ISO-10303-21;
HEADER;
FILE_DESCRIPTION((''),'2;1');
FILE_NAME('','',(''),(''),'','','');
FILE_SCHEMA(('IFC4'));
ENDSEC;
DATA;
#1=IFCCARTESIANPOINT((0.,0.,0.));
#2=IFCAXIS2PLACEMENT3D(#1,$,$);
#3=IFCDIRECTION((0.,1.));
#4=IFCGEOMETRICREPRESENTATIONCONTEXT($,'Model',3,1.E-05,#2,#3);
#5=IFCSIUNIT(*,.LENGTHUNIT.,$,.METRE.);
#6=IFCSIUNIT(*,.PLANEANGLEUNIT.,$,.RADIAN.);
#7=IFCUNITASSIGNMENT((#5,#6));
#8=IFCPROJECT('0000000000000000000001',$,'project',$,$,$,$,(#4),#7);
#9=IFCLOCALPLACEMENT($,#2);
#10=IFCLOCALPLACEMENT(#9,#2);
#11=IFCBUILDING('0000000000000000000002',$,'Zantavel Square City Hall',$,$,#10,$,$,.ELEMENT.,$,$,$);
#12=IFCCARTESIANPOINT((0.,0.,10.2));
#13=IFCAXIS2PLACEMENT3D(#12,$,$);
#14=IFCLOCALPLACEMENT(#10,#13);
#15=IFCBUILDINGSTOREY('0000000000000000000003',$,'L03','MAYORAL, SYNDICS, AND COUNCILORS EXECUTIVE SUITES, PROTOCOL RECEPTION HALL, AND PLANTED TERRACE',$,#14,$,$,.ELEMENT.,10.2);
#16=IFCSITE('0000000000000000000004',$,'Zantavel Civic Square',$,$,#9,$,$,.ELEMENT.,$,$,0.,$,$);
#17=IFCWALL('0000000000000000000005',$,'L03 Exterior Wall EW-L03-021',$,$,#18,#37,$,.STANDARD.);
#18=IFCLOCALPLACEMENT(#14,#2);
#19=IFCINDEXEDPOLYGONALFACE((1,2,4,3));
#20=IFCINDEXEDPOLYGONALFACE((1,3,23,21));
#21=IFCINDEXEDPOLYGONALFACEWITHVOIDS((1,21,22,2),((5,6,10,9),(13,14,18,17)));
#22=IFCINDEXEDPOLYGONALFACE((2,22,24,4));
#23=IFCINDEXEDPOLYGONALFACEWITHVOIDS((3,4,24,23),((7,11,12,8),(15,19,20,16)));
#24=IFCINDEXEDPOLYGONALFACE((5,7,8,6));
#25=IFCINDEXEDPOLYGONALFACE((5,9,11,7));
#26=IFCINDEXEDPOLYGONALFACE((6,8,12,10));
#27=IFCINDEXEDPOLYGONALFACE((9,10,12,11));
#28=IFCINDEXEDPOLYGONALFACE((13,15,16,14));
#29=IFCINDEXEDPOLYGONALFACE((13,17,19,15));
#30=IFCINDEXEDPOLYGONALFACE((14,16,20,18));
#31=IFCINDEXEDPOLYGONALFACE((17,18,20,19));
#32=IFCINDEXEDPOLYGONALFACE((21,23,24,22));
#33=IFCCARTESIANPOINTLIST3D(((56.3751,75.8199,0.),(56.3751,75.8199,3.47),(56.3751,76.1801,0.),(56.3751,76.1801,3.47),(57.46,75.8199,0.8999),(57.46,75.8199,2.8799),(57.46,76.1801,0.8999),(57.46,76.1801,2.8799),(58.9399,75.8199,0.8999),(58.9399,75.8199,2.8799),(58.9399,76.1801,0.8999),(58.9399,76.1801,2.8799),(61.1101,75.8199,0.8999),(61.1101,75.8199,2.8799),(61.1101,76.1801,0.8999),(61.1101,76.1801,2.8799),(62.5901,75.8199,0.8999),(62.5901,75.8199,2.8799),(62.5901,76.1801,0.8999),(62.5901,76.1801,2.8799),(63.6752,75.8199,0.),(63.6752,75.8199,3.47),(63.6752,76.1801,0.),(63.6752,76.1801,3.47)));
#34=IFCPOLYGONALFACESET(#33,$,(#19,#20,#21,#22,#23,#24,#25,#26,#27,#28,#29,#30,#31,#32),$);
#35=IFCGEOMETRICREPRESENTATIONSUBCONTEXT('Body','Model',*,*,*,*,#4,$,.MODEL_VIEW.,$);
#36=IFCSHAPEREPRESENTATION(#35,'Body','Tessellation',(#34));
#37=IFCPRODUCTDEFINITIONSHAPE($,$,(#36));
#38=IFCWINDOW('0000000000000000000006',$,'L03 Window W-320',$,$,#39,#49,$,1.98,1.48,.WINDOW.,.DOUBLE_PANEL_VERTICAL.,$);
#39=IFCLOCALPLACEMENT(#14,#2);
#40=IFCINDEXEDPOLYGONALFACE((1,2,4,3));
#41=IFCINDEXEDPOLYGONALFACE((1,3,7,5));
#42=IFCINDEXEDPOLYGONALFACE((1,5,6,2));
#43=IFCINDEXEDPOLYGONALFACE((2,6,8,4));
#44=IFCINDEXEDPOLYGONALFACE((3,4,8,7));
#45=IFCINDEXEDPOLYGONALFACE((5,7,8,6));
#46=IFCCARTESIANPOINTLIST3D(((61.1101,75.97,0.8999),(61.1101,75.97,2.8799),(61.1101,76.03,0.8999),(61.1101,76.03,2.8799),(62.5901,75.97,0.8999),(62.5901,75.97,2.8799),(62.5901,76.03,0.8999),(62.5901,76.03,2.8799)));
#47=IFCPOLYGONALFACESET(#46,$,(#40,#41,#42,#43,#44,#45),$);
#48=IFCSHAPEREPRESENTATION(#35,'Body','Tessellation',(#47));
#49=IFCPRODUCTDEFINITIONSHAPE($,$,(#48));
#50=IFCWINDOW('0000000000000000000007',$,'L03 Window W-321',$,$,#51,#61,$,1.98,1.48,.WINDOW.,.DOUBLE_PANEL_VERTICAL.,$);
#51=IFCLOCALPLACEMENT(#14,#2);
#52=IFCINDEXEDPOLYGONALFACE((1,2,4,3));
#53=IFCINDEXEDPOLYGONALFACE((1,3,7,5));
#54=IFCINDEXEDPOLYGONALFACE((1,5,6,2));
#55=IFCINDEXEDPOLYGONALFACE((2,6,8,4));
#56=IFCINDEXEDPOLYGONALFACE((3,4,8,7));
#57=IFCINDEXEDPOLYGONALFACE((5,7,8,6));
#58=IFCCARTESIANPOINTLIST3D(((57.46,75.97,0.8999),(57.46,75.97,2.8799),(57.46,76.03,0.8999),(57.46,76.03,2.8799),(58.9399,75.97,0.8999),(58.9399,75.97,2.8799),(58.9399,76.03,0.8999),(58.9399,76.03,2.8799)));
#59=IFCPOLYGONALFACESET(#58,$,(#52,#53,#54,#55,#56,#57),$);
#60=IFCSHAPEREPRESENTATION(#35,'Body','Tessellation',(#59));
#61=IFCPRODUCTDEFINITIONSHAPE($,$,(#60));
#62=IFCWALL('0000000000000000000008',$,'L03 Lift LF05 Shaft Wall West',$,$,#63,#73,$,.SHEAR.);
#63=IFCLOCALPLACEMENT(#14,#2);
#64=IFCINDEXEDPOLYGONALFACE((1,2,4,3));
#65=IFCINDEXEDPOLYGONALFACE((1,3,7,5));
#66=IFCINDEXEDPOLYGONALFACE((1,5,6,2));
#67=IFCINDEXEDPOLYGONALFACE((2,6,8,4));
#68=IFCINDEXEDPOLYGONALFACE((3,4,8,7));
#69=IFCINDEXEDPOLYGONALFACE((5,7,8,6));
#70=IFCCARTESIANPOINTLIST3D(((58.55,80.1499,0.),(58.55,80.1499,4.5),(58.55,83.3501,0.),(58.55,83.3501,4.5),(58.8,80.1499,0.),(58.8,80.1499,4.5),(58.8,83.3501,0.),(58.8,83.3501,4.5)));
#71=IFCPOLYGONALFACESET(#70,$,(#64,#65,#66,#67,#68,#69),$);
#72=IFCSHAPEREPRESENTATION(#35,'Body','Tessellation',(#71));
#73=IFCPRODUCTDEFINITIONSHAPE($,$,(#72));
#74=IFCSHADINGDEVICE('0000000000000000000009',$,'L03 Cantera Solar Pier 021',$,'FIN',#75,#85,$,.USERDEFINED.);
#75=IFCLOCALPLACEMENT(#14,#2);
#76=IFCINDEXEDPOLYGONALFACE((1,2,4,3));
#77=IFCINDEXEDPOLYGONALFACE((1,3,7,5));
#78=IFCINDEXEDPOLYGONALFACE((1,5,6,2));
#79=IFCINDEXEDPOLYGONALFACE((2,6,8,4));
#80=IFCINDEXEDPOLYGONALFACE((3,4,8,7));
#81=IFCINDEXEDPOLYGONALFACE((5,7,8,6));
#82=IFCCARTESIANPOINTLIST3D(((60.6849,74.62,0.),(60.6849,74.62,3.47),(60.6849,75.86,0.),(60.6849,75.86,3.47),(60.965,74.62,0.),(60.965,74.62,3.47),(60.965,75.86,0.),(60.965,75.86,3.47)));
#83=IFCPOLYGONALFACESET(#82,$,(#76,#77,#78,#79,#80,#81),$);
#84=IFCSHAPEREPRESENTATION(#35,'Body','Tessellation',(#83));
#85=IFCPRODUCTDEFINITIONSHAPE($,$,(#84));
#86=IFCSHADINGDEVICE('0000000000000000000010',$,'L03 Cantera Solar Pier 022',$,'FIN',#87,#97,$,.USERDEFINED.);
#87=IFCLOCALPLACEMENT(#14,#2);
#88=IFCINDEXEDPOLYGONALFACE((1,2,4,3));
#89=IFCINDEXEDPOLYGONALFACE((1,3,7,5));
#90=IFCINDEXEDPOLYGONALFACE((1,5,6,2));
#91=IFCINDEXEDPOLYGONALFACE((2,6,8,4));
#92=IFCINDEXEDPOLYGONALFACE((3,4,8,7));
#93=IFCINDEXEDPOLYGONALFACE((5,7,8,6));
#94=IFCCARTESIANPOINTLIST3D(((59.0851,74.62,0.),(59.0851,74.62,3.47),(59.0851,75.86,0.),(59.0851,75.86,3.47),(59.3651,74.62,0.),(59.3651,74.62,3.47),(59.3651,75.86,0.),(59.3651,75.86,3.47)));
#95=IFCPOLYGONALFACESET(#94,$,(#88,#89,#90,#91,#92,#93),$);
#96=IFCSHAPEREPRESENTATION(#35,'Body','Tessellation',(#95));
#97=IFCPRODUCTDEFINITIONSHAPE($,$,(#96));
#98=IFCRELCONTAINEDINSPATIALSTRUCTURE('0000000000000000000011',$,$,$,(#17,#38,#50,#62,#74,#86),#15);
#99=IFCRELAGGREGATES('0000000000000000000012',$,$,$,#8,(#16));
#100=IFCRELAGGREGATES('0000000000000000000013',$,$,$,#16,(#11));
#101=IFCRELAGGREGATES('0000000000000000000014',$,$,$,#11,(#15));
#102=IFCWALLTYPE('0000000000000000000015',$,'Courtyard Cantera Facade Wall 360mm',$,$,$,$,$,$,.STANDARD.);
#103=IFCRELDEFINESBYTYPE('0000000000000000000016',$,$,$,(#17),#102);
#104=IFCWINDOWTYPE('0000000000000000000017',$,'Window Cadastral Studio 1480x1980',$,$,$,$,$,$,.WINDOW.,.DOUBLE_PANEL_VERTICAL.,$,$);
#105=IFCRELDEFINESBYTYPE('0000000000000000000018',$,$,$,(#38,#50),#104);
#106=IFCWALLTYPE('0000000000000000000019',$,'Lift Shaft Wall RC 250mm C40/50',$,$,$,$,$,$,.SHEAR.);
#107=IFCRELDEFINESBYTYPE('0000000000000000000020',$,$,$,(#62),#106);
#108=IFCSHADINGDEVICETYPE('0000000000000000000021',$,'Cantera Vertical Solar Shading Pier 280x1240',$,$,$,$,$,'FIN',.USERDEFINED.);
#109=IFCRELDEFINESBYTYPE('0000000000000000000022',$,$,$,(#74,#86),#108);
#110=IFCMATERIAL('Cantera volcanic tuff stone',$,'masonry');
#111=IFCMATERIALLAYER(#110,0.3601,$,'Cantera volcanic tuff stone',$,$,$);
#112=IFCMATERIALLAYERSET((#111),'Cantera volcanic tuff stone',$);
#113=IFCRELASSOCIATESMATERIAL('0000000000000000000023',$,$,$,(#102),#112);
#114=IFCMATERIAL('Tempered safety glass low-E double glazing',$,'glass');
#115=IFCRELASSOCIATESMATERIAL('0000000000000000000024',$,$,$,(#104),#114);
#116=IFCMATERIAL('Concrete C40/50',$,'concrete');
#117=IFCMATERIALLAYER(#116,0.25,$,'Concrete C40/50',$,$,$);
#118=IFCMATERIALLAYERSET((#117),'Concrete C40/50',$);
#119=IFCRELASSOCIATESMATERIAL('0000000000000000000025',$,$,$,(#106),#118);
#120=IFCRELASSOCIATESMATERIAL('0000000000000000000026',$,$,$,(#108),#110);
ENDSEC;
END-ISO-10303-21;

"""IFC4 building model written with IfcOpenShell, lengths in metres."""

from ifc_helpers import new_model, si_unit, direction, frame, frame_2d, origin, origin_2d, place, context, subcontext, project, spatial, rectangle, extrude, material, layer, layer_set, type_object, element, fill, save


model = new_model("IFC4")

# Units and contexts
model_context = context("Model", 3, precision=1e-05, world=origin(), true_north=direction((0.0, 1.0)))
body_context = subcontext(model_context, "Body", "Model", "MODEL_VIEW")
ifc_project = project(units=[si_unit("LENGTHUNIT", "METRE"), si_unit("PLANEANGLEUNIT", "RADIAN")], contexts=[model_context])

# Site, building, storey
site_placement = place(None, origin())
site = spatial("IfcSite", under=ifc_project, at=site_placement, Name="Zantavel Civic Square", CompositionType="ELEMENT", RefElevation=0.0)
building_placement = place(site_placement, origin())
building = spatial("IfcBuilding", under=site, at=building_placement, Name="Zantavel Square City Hall", CompositionType="ELEMENT")
storey_placement = place(building_placement, frame((0.0, 0.0, 10.2)))
storey = spatial("IfcBuildingStorey", under=building, at=storey_placement, Name="L03", Description="MAYORAL, SYNDICS, AND COUNCILORS EXECUTIVE SUITES, PROTOCOL RECEPTION HALL, AND PLANTED TERRACE", CompositionType="ELEMENT", Elevation=10.2)

# Shared definitions
ifc_material_1 = material(Name="Concrete C40/50", Category="concrete")

# Shared definitions
ifc_material_2 = material(Name="Cantera volcanic tuff stone", Category="masonry")
ifc_material_3 = material(Name="Tempered safety glass low-E double glazing", Category="glass")

# Wall, openings, windows
ifc_layer_1 = layer(ifc_material_2, 0.3601, Name="Cantera volcanic tuff stone")
ifc_layer_set_1 = layer_set([ifc_layer_1], Name="Cantera volcanic tuff stone")
wall_type_1 = type_object("IfcWallType", Name="Courtyard Cantera Facade Wall 360mm", PredefinedType="STANDARD", material=ifc_layer_set_1)
wall_1_placement = place(storey_placement, frame((63.675, 76.0, 0.0), z_axis=(0.0, 0.0, 1.0), x_axis=(-1.0, 0.0, 0.0)))
wall_1 = element("IfcWall", 1, at=wall_1_placement, inside=storey, type_object=wall_type_1, Name="L03 Exterior Wall EW-L03-021", PredefinedType="STANDARD", context=body_context, shape_type="SweptSolid", body=[
    extrude(rectangle(XDim=7.3, YDim=0.3601, at=frame_2d((3.6499, 0.0))), origin(), (0.0, 0.0, 1.0), 3.47),
])
opening_1_placement = place(wall_1_placement, frame((1.085, 0.0, 0.8999)))
opening_1 = element("IfcOpeningElement", 2, at=opening_1_placement, cuts=wall_1, PredefinedType="OPENING", context=body_context, shape_type="SweptSolid", body=[
    extrude(rectangle(XDim=1.48, YDim=1.98, at=frame_2d((0.74, 0.99))), frame((0.0, 0.1899, 0.0), z_axis=(0.0, -1.0, 0.0), x_axis=(1.0, 0.0, 0.0)), (0.0, 0.0, 1.0), 0.3801),
])
opening_2_placement = place(wall_1_placement, frame((4.7351, 0.0, 0.8999)))
opening_2 = element("IfcOpeningElement", 3, at=opening_2_placement, cuts=wall_1, PredefinedType="OPENING", context=body_context, shape_type="SweptSolid", body=[
    extrude(rectangle(XDim=1.48, YDim=1.98, at=frame_2d((0.74, 0.99))), frame((0.0, 0.1899, 0.0), z_axis=(0.0, -1.0, 0.0), x_axis=(1.0, 0.0, 0.0)), (0.0, 0.0, 1.0), 0.3801),
])
window_type_1 = type_object("IfcWindowType", Name="Window Cadastral Studio 1480x1980", PartitioningType="DOUBLE_PANEL_VERTICAL", PredefinedType="WINDOW", material=ifc_material_3)
window_1_placement = place(opening_1_placement, origin())
window_1 = element("IfcWindow", 4, at=window_1_placement, inside=storey, type_object=window_type_1, Name="L03 Window W-320", OverallHeight=1.98, OverallWidth=1.48, PartitioningType="DOUBLE_PANEL_VERTICAL", PredefinedType="WINDOW", context=body_context, shape_type="SweptSolid", body=[
    extrude(rectangle(XDim=1.48, YDim=1.98, at=frame_2d((0.74, 0.99))), frame((0.0, 0.03, 0.0), z_axis=(0.0, -1.0, 0.0), x_axis=(1.0, 0.0, 0.0)), (0.0, 0.0, 1.0), 0.0601),
])
fill(opening_1, window_1)
window_2_placement = place(opening_2_placement, origin())
window_2 = element("IfcWindow", 5, at=window_2_placement, inside=storey, type_object=window_type_1, Name="L03 Window W-321", OverallHeight=1.98, OverallWidth=1.48, PartitioningType="DOUBLE_PANEL_VERTICAL", PredefinedType="WINDOW", context=body_context, shape_type="SweptSolid", body=[
    extrude(rectangle(XDim=1.48, YDim=1.98, at=frame_2d((0.74, 0.99))), frame((0.0, 0.03, 0.0), z_axis=(0.0, -1.0, 0.0), x_axis=(1.0, 0.0, 0.0)), (0.0, 0.0, 1.0), 0.0601),
])
fill(opening_2, window_2)

# Shared definitions
ifc_layer_2 = layer(ifc_material_1, 0.25, Name="Concrete C40/50")
ifc_layer_set_2 = layer_set([ifc_layer_2], Name="Concrete C40/50")
wall_type_2 = type_object("IfcWallType", Name="Lift Shaft Wall RC 250mm C40/50", PredefinedType="SHEAR", material=ifc_layer_set_2)

# Wall
wall_2_placement = place(storey_placement, frame((58.675, 80.1499, 0.0), z_axis=(0.0, 0.0, 1.0), x_axis=(0.0, 1.0, 0.0)))
element("IfcWall", 6, at=wall_2_placement, inside=storey, type_object=wall_type_2, Name="L03 Lift LF05 Shaft Wall West", PredefinedType="SHEAR", context=body_context, shape_type="SweptSolid", body=[
    extrude(rectangle(XDim=3.2002, YDim=0.25, at=frame_2d((1.6001, 0.0))), origin(), (0.0, 0.0, 1.0), 4.5),
])

# Shading devices
shading_device_type = type_object("IfcShadingDeviceType", Name="Cantera Vertical Solar Shading Pier 280x1240", ElementType="FIN", PredefinedType="USERDEFINED", material=ifc_material_2)
for number, where, z_axis, x_axis, name in (
    (7, (60.825, 75.24, 0.0), (0.0, 0.0, 1.0), (1.0, 0.0, 0.0), "L03 Cantera Solar Pier 021"),
    (8, (59.2251, 75.24, 0.0), (0.0, 0.0, 1.0), (1.0, 0.0, 0.0), "L03 Cantera Solar Pier 022"),
):
    element("IfcShadingDevice", number, at=place(storey_placement, frame(where, z_axis=z_axis, x_axis=x_axis)), inside=storey, type_object=shading_device_type, Name=name, ObjectType="FIN", PredefinedType="USERDEFINED", context=body_context, shape_type="SweptSolid", body=[
        extrude(rectangle(XDim=0.28, YDim=1.24, at=origin_2d()), origin(), (0.0, 0.0, 1.0), 3.47),
    ])

save(model, "model.ifc")
